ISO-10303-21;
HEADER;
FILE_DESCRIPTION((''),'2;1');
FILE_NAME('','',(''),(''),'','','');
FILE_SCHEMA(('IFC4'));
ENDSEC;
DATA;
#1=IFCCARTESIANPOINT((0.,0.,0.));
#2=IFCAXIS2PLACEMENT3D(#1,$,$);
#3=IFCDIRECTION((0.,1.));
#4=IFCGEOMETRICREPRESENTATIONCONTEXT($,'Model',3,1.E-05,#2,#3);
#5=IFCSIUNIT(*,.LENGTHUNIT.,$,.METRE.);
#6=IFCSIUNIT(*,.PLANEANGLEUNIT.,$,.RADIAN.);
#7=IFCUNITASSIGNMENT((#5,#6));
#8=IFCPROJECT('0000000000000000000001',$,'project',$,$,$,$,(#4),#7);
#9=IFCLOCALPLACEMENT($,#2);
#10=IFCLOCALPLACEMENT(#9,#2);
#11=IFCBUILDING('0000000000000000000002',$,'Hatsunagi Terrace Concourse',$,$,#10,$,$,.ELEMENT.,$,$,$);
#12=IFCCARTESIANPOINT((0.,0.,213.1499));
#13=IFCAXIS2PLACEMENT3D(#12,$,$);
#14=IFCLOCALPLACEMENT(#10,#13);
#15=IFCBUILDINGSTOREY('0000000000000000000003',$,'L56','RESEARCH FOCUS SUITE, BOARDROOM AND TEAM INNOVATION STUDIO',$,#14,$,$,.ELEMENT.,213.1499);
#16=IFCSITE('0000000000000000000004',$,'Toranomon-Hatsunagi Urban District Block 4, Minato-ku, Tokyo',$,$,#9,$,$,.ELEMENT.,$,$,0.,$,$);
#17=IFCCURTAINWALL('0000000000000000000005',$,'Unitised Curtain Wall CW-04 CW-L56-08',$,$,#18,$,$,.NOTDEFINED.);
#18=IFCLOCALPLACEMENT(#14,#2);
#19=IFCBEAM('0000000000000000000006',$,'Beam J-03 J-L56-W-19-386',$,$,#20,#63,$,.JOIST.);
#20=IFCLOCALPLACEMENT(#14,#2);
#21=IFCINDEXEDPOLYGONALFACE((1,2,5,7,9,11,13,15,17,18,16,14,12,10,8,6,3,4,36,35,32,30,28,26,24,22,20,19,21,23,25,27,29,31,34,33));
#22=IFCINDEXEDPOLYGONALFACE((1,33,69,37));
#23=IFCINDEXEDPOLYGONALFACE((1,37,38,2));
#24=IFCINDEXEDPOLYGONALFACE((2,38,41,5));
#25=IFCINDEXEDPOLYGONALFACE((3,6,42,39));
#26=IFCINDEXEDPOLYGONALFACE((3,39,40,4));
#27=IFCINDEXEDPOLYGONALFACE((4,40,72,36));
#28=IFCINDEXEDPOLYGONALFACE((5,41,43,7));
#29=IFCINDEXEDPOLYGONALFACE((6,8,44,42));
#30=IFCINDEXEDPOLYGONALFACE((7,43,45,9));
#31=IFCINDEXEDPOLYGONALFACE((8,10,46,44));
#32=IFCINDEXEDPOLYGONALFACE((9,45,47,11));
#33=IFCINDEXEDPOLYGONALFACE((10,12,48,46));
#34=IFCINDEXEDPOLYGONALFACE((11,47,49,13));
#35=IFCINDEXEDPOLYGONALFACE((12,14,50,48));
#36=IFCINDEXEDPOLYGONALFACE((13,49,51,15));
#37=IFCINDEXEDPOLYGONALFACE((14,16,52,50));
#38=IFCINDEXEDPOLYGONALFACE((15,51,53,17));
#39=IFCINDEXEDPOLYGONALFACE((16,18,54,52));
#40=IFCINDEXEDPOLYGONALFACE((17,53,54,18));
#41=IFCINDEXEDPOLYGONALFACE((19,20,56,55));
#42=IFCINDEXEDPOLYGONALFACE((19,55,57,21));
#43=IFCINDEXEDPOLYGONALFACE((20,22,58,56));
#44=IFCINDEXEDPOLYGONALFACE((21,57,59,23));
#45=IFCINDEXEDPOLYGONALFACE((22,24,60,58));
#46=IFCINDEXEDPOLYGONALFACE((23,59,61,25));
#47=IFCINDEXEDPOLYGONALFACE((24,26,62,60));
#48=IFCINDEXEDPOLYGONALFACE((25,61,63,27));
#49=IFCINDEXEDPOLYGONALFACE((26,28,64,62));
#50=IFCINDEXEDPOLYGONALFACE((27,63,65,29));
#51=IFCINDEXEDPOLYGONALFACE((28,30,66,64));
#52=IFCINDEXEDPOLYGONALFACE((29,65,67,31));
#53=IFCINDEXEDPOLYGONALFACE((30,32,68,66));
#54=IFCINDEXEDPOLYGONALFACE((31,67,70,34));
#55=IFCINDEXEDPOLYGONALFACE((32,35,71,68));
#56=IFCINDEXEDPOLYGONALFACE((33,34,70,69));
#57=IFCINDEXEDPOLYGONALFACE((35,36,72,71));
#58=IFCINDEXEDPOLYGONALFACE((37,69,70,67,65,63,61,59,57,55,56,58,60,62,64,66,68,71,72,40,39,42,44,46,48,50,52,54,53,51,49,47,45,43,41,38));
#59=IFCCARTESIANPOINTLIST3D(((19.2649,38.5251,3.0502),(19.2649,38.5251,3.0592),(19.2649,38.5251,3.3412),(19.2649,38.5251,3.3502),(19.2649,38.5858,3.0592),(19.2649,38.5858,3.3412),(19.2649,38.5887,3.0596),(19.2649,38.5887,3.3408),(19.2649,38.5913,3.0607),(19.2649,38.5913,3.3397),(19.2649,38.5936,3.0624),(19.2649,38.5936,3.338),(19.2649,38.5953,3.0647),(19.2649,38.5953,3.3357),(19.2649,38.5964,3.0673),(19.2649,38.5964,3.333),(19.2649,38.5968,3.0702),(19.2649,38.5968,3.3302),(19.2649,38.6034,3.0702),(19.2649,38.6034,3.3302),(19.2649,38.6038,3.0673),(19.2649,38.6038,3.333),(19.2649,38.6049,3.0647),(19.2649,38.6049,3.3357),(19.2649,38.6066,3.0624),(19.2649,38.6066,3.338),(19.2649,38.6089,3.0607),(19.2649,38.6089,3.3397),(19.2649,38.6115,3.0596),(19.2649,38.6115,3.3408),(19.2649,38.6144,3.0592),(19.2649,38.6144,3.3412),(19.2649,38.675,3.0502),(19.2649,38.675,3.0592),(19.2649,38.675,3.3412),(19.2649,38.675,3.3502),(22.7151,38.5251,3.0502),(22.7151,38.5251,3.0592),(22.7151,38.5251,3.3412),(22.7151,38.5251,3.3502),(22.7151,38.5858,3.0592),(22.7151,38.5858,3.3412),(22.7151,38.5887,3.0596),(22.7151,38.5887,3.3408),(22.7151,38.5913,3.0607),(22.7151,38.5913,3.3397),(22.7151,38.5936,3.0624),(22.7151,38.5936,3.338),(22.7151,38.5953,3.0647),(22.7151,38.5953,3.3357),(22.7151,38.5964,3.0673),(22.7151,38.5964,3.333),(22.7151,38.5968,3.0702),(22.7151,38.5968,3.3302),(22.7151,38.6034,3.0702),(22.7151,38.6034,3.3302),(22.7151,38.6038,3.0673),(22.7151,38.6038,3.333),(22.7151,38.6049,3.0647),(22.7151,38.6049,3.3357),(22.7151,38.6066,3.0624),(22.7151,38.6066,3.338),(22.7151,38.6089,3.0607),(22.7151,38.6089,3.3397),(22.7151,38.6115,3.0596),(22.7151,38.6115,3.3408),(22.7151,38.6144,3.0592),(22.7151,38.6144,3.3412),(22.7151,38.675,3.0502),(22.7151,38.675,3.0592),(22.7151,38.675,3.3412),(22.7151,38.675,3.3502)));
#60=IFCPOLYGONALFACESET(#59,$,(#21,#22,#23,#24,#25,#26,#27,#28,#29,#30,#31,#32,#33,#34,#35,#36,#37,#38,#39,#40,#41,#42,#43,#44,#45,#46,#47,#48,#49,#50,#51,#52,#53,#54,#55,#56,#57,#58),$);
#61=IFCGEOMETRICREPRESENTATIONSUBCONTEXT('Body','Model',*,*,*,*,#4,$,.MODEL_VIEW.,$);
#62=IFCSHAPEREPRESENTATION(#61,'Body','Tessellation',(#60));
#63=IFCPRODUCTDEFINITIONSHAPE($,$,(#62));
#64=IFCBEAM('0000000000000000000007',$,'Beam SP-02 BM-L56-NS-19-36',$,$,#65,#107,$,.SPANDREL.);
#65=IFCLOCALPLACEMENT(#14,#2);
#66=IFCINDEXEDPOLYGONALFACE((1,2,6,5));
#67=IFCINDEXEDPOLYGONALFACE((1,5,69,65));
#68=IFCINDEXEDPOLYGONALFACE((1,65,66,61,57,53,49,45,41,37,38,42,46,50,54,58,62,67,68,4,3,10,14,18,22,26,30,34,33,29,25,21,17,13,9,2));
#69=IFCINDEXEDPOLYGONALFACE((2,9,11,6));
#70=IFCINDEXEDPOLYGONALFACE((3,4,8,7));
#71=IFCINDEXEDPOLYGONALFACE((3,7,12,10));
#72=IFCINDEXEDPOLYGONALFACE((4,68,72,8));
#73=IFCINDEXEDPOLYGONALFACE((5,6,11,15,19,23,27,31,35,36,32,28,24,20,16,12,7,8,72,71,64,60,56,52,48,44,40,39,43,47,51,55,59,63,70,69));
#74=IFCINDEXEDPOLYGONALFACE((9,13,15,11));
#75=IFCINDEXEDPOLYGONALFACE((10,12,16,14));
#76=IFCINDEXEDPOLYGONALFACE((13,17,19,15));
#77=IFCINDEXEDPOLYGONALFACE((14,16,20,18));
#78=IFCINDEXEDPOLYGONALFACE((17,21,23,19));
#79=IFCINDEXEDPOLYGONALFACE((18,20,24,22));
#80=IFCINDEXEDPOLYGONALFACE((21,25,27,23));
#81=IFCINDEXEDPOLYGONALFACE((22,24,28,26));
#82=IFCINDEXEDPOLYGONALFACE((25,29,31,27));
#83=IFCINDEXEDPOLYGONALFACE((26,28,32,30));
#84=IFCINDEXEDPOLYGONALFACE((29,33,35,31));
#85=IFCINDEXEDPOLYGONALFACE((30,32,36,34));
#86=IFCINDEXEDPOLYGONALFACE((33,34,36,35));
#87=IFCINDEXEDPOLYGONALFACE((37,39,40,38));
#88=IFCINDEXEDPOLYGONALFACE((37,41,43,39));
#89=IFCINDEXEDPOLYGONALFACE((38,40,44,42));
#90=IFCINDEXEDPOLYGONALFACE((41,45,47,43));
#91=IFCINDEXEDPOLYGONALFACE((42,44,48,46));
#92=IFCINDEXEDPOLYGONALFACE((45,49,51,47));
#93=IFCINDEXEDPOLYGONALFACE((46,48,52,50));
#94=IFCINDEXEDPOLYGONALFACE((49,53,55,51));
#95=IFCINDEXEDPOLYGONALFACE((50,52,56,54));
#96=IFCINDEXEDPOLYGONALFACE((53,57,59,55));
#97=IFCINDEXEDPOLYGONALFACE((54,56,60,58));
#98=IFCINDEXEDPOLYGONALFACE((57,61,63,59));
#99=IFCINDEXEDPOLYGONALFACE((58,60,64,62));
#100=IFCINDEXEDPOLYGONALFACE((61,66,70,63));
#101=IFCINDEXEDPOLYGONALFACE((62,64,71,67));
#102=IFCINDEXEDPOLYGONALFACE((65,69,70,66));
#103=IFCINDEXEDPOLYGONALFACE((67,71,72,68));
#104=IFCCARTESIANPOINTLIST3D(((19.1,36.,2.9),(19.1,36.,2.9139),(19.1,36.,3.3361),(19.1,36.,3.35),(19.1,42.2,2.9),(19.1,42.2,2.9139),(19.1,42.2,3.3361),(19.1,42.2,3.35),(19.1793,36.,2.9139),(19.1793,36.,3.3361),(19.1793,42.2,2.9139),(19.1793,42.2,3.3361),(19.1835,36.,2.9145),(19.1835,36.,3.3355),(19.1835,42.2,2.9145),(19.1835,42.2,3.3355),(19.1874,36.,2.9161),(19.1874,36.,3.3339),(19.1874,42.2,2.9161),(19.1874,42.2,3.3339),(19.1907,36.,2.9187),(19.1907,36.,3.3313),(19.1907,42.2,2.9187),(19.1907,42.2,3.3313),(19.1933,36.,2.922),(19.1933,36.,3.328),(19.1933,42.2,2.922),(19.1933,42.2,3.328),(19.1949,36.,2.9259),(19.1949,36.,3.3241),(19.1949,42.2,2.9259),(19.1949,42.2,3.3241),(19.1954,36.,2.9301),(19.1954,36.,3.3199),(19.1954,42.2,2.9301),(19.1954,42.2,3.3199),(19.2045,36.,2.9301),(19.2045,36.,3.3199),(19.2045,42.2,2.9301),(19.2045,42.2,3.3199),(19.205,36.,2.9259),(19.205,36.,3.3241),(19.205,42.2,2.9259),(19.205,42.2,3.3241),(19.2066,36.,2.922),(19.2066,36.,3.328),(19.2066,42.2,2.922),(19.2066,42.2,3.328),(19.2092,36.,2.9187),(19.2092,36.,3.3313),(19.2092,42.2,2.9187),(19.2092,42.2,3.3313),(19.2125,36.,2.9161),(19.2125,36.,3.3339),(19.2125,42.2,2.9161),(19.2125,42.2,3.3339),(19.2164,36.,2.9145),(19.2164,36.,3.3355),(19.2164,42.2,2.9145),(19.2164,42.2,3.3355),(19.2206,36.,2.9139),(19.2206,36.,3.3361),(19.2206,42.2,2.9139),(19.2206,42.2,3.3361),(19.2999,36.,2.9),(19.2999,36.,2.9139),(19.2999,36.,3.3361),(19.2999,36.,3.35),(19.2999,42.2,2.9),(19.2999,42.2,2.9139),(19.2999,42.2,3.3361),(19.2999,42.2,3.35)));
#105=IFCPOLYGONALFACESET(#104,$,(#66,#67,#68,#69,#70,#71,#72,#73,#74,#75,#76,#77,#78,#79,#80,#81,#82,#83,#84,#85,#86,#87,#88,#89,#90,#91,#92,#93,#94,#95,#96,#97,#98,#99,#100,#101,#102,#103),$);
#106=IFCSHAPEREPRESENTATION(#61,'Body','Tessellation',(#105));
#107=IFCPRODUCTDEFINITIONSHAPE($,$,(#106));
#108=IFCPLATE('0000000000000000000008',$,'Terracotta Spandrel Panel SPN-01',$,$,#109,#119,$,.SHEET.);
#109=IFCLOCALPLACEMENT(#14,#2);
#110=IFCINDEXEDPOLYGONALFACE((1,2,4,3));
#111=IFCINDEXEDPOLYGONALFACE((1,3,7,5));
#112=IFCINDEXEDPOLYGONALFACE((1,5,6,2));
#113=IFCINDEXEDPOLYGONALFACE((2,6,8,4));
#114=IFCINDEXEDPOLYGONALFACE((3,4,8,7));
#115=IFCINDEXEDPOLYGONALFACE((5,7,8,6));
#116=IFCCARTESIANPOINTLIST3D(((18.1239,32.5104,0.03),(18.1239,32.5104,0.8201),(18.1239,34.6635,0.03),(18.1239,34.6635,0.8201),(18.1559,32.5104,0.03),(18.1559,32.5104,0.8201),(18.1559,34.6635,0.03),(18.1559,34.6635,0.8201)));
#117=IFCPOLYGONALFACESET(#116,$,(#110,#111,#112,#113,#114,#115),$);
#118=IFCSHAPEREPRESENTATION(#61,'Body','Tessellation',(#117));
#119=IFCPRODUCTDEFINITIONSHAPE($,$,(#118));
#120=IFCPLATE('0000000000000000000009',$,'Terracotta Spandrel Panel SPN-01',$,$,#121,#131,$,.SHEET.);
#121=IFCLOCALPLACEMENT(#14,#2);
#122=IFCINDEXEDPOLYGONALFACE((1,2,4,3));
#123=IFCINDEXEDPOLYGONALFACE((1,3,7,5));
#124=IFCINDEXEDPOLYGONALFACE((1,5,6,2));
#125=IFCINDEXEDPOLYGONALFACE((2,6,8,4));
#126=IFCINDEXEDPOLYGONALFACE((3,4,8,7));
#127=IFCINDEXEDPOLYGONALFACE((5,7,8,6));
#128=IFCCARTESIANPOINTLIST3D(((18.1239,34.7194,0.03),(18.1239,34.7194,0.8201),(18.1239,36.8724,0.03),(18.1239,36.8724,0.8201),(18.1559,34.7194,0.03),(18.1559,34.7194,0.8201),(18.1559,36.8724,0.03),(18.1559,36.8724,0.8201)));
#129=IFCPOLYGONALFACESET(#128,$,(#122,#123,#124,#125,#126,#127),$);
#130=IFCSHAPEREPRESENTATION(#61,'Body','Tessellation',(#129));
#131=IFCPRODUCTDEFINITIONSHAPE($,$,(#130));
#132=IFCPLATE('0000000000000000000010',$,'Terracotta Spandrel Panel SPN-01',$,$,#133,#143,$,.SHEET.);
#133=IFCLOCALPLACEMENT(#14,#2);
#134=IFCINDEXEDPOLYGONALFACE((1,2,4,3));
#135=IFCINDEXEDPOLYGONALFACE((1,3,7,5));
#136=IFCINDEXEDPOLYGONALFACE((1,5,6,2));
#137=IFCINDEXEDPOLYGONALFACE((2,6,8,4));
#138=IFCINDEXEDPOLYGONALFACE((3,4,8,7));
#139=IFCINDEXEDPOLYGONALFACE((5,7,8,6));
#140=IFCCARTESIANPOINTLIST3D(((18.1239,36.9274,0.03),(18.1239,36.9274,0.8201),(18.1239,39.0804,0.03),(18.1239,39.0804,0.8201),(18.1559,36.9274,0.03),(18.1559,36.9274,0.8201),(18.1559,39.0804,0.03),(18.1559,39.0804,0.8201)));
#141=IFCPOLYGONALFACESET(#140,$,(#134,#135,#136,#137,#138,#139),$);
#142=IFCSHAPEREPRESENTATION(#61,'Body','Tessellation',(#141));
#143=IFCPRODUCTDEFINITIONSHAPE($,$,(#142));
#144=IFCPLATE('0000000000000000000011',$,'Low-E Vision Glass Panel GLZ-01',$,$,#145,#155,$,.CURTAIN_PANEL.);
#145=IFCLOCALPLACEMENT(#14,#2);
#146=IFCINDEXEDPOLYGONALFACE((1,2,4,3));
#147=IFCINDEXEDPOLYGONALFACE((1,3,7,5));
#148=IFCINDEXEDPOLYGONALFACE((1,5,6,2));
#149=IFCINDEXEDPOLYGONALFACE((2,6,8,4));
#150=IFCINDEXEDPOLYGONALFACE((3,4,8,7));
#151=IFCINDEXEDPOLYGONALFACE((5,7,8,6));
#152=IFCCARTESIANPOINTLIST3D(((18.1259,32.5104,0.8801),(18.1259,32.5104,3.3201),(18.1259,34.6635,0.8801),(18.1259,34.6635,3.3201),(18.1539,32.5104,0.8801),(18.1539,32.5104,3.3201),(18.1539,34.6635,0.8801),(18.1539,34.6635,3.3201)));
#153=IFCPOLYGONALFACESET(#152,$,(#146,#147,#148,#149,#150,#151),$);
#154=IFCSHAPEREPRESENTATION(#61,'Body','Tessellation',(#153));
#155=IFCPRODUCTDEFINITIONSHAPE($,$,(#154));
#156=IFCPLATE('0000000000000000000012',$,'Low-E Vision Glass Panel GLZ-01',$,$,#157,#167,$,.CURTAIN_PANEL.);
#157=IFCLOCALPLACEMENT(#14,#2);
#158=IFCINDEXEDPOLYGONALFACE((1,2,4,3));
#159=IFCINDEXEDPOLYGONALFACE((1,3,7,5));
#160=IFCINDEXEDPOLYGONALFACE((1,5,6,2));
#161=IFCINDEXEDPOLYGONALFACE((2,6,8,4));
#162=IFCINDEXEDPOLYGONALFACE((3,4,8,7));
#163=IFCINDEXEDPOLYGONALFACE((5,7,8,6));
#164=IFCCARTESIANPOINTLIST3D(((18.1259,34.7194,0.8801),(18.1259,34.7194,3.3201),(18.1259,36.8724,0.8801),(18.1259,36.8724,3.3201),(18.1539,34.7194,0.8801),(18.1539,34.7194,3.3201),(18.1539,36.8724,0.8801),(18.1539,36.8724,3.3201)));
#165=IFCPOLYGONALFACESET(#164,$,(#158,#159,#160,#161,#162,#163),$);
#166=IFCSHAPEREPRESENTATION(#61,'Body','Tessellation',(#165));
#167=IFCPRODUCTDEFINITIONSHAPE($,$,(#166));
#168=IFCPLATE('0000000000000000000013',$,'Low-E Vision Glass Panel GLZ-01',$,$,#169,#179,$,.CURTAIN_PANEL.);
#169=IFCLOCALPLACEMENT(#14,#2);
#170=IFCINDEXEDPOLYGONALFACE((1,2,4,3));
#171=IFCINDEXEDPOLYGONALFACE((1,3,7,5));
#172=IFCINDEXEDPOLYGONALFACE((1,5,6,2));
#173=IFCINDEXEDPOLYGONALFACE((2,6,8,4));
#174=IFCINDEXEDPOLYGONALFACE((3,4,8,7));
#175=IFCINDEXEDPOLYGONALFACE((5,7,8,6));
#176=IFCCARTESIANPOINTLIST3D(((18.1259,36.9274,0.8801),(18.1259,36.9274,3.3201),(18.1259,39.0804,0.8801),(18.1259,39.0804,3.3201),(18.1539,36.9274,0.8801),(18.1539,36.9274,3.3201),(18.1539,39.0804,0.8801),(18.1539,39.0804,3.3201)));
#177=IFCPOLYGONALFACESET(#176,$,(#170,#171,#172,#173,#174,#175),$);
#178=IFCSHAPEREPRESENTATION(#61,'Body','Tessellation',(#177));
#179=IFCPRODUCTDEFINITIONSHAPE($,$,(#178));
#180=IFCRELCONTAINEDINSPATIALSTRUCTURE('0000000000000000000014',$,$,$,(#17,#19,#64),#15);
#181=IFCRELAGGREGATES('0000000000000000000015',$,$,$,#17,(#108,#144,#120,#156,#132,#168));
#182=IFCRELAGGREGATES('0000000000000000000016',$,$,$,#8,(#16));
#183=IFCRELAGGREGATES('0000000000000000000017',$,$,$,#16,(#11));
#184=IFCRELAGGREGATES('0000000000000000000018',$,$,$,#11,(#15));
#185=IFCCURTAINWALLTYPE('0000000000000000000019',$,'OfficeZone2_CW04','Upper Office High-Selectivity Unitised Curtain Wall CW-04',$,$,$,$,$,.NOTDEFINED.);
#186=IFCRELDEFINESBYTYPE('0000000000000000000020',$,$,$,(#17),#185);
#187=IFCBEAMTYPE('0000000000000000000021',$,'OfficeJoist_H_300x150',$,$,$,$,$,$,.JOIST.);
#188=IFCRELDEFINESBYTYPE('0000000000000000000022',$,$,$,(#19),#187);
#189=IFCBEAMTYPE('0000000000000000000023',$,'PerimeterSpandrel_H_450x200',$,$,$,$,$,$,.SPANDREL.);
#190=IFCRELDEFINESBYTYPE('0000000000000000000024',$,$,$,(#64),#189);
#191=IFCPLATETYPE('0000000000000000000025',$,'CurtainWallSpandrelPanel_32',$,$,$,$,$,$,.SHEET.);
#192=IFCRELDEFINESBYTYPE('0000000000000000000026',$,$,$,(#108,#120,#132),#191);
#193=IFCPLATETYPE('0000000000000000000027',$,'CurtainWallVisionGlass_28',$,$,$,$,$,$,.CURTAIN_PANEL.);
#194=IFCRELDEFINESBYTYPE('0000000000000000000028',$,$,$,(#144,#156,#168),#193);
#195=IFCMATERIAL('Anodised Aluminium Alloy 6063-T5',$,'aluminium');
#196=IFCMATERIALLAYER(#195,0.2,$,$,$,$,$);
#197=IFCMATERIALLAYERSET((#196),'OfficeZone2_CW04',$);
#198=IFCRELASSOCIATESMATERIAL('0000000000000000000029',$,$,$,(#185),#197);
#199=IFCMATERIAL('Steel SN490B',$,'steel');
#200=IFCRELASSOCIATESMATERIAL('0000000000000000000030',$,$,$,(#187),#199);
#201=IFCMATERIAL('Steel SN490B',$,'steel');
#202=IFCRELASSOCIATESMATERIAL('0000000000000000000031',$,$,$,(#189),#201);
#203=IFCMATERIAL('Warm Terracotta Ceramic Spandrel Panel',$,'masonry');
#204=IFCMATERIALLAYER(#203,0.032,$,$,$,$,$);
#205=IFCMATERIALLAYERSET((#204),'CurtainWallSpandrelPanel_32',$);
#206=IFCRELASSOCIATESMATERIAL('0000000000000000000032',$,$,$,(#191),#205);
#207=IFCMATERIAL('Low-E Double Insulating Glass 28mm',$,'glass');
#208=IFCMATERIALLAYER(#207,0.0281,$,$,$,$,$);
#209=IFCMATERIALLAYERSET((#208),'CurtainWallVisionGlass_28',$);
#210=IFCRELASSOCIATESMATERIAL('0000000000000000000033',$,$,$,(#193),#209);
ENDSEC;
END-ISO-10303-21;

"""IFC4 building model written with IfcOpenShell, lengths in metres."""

from ifc_helpers import new_model, si_unit, direction, frame, origin, origin_2d, place, context, subcontext, project, spatial, rectangle, i_section, extrude, material, layer, layer_set, material_profile, profile_set, type_object, element, aggregate, save


model = new_model("IFC4")

# Units and contexts
model_context = context("Model", 3, precision=1e-05, world=origin(), true_north=direction((0.0, 1.0)))
body_context = subcontext(model_context, "Body", "Model", "MODEL_VIEW")
ifc_project = project(units=[si_unit("LENGTHUNIT", "METRE"), si_unit("PLANEANGLEUNIT", "RADIAN")], contexts=[model_context])

# Site, building, storey
site_placement = place(None, origin())
site = spatial("IfcSite", under=ifc_project, at=site_placement, Name="Toranomon-Hatsunagi Urban District Block 4, Minato-ku, Tokyo", CompositionType="ELEMENT", RefElevation=0.0)
building_placement = place(site_placement, origin())
building = spatial("IfcBuilding", under=site, at=building_placement, Name="Hatsunagi Terrace Concourse", CompositionType="ELEMENT")
storey_placement = place(building_placement, frame((0.0, 0.0, 213.1499)))
storey = spatial("IfcBuildingStorey", under=building, at=storey_placement, Name="L56", Description="RESEARCH FOCUS SUITE, BOARDROOM AND TEAM INNOVATION STUDIO", CompositionType="ELEMENT", Elevation=213.1499)

# Curtain wall
ifc_material_1 = material(Name="Anodised Aluminium Alloy 6063-T5", Category="aluminium")
ifc_layer_1 = layer(ifc_material_1, 0.2)
ifc_layer_set_1 = layer_set([ifc_layer_1], Name="OfficeZone2_CW04")
curtain_wall_type = type_object("IfcCurtainWallType", Name="OfficeZone2_CW04", Description="Upper Office High-Selectivity Unitised Curtain Wall CW-04", PredefinedType="NOTDEFINED", material=ifc_layer_set_1)
curtain_wall_placement = place(storey_placement, origin())
curtain_wall = element("IfcCurtainWall", 1, at=curtain_wall_placement, inside=storey, type_object=curtain_wall_type, Name="Unitised Curtain Wall CW-04 CW-L56-08", PredefinedType="NOTDEFINED")

# Beams
ifc_material_2 = material(Name="Steel SN490B", Category="steel")
ifc_material_profile_1 = material_profile(ifc_material_2, i_section(OverallWidth=0.1499, OverallDepth=0.3, WebThickness=0.0066, FlangeThickness=0.009, FilletRadius=0.011, at=origin_2d()), Name="H-300x150x6.5x9")
ifc_profile_set_1 = profile_set([ifc_material_profile_1], Name="Steel SN490B")
beam_type_1 = type_object("IfcBeamType", Name="OfficeJoist_H_300x150", PredefinedType="JOIST", material=ifc_profile_set_1)
for number, where, z_axis, x_axis, name in (
    (2, (19.2649, 38.6001, 3.2002), (1.0, 0.0, 0.0), (0.0, 1.0, 0.0), "Beam J-03 J-L56-W-19-386"),
):
    element("IfcBeam", number, at=place(storey_placement, frame(where, z_axis=z_axis, x_axis=x_axis)), inside=storey, type_object=beam_type_1, Name=name, PredefinedType="JOIST", context=body_context, shape_type="SweptSolid", body=[
        extrude(i_section(OverallWidth=0.1499, OverallDepth=0.3, WebThickness=0.0066, FlangeThickness=0.009, FilletRadius=0.011, at=origin_2d()), origin(), (0.0, 0.0, 1.0), 3.4502),
    ])
ifc_material_3 = material(Name="Steel SN490B", Category="steel")
ifc_material_profile_2 = material_profile(ifc_material_3, i_section(OverallWidth=0.2, OverallDepth=0.45, WebThickness=0.009, FlangeThickness=0.0139, FilletRadius=0.0161, at=origin_2d()), Name="H-450x200x9x14")
ifc_profile_set_2 = profile_set([ifc_material_profile_2], Name="Steel SN490B")
beam_type_2 = type_object("IfcBeamType", Name="PerimeterSpandrel_H_450x200", PredefinedType="SPANDREL", material=ifc_profile_set_2)
beam_1_placement = place(storey_placement, frame((19.2, 36.0, 3.125), z_axis=(0.0, 1.0, 0.0), x_axis=(-1.0, 0.0, 0.0)))
element("IfcBeam", 3, at=beam_1_placement, inside=storey, type_object=beam_type_2, Name="Beam SP-02 BM-L56-NS-19-36", PredefinedType="SPANDREL", context=body_context, shape_type="SweptSolid", body=[
    extrude(i_section(OverallWidth=0.2, OverallDepth=0.45, WebThickness=0.009, FlangeThickness=0.0139, FilletRadius=0.0161, at=origin_2d()), origin(), (0.0, 0.0, 1.0), 6.2),
])

# Plates
ifc_material_4 = material(Name="Warm Terracotta Ceramic Spandrel Panel", Category="masonry")
ifc_layer_2 = layer(ifc_material_4, 0.032)
ifc_layer_set_2 = layer_set([ifc_layer_2], Name="CurtainWallSpandrelPanel_32")
plate_type_1 = type_object("IfcPlateType", Name="CurtainWallSpandrelPanel_32", PredefinedType="SHEET", material=ifc_layer_set_2)
plate_1_placement = place(storey_placement, frame((18.1399, 33.5869, 0.03), z_axis=(0.0, 0.0, 1.0), x_axis=(0.0, 1.0, 0.0)))
plate_1 = element("IfcPlate", 4, at=plate_1_placement, type_object=plate_type_1, Name="Terracotta Spandrel Panel SPN-01", PredefinedType="SHEET", context=body_context, shape_type="SweptSolid", body=[
    extrude(rectangle(XDim=2.1531, YDim=0.032, at=origin_2d()), origin(), (0.0, 0.0, 1.0), 0.79),
])
plate_2_placement = place(storey_placement, frame((18.1399, 35.7959, 0.03), z_axis=(0.0, 0.0, 1.0), x_axis=(0.0, 1.0, 0.0)))
plate_2 = element("IfcPlate", 5, at=plate_2_placement, type_object=plate_type_1, Name="Terracotta Spandrel Panel SPN-01", PredefinedType="SHEET", context=body_context, shape_type="SweptSolid", body=[
    extrude(rectangle(XDim=2.1531, YDim=0.032, at=origin_2d()), origin(), (0.0, 0.0, 1.0), 0.79),
])
plate_3_placement = place(storey_placement, frame((18.1399, 38.0039, 0.03), z_axis=(0.0, 0.0, 1.0), x_axis=(0.0, 1.0, 0.0)))
plate_3 = element("IfcPlate", 6, at=plate_3_placement, type_object=plate_type_1, Name="Terracotta Spandrel Panel SPN-01", PredefinedType="SHEET", context=body_context, shape_type="SweptSolid", body=[
    extrude(rectangle(XDim=2.1531, YDim=0.032, at=origin_2d()), origin(), (0.0, 0.0, 1.0), 0.79),
])
ifc_material_5 = material(Name="Low-E Double Insulating Glass 28mm", Category="glass")
ifc_layer_3 = layer(ifc_material_5, 0.0281)
ifc_layer_set_3 = layer_set([ifc_layer_3], Name="CurtainWallVisionGlass_28")
plate_type_2 = type_object("IfcPlateType", Name="CurtainWallVisionGlass_28", PredefinedType="CURTAIN_PANEL", material=ifc_layer_set_3)
plate_4_placement = place(storey_placement, frame((18.1399, 33.5869, 0.8801), z_axis=(0.0, 0.0, 1.0), x_axis=(0.0, 1.0, 0.0)))
plate_4 = element("IfcPlate", 7, at=plate_4_placement, type_object=plate_type_2, Name="Low-E Vision Glass Panel GLZ-01", PredefinedType="CURTAIN_PANEL", context=body_context, shape_type="SweptSolid", body=[
    extrude(rectangle(XDim=2.1531, YDim=0.0281, at=origin_2d()), origin(), (0.0, 0.0, 1.0), 2.4399),
])
plate_5_placement = place(storey_placement, frame((18.1399, 35.7959, 0.8801), z_axis=(0.0, 0.0, 1.0), x_axis=(0.0, 1.0, 0.0)))
plate_5 = element("IfcPlate", 8, at=plate_5_placement, type_object=plate_type_2, Name="Low-E Vision Glass Panel GLZ-01", PredefinedType="CURTAIN_PANEL", context=body_context, shape_type="SweptSolid", body=[
    extrude(rectangle(XDim=2.1531, YDim=0.0281, at=origin_2d()), origin(), (0.0, 0.0, 1.0), 2.4399),
])
plate_6_placement = place(storey_placement, frame((18.1399, 38.0039, 0.8801), z_axis=(0.0, 0.0, 1.0), x_axis=(0.0, 1.0, 0.0)))
plate_6 = element("IfcPlate", 9, at=plate_6_placement, type_object=plate_type_2, Name="Low-E Vision Glass Panel GLZ-01", PredefinedType="CURTAIN_PANEL", context=body_context, shape_type="SweptSolid", body=[
    extrude(rectangle(XDim=2.1531, YDim=0.0281, at=origin_2d()), origin(), (0.0, 0.0, 1.0), 2.4399),
])
aggregate(curtain_wall, [plate_1, plate_4, plate_2, plate_5, plate_3, plate_6])

save(model, "model.ifc")
